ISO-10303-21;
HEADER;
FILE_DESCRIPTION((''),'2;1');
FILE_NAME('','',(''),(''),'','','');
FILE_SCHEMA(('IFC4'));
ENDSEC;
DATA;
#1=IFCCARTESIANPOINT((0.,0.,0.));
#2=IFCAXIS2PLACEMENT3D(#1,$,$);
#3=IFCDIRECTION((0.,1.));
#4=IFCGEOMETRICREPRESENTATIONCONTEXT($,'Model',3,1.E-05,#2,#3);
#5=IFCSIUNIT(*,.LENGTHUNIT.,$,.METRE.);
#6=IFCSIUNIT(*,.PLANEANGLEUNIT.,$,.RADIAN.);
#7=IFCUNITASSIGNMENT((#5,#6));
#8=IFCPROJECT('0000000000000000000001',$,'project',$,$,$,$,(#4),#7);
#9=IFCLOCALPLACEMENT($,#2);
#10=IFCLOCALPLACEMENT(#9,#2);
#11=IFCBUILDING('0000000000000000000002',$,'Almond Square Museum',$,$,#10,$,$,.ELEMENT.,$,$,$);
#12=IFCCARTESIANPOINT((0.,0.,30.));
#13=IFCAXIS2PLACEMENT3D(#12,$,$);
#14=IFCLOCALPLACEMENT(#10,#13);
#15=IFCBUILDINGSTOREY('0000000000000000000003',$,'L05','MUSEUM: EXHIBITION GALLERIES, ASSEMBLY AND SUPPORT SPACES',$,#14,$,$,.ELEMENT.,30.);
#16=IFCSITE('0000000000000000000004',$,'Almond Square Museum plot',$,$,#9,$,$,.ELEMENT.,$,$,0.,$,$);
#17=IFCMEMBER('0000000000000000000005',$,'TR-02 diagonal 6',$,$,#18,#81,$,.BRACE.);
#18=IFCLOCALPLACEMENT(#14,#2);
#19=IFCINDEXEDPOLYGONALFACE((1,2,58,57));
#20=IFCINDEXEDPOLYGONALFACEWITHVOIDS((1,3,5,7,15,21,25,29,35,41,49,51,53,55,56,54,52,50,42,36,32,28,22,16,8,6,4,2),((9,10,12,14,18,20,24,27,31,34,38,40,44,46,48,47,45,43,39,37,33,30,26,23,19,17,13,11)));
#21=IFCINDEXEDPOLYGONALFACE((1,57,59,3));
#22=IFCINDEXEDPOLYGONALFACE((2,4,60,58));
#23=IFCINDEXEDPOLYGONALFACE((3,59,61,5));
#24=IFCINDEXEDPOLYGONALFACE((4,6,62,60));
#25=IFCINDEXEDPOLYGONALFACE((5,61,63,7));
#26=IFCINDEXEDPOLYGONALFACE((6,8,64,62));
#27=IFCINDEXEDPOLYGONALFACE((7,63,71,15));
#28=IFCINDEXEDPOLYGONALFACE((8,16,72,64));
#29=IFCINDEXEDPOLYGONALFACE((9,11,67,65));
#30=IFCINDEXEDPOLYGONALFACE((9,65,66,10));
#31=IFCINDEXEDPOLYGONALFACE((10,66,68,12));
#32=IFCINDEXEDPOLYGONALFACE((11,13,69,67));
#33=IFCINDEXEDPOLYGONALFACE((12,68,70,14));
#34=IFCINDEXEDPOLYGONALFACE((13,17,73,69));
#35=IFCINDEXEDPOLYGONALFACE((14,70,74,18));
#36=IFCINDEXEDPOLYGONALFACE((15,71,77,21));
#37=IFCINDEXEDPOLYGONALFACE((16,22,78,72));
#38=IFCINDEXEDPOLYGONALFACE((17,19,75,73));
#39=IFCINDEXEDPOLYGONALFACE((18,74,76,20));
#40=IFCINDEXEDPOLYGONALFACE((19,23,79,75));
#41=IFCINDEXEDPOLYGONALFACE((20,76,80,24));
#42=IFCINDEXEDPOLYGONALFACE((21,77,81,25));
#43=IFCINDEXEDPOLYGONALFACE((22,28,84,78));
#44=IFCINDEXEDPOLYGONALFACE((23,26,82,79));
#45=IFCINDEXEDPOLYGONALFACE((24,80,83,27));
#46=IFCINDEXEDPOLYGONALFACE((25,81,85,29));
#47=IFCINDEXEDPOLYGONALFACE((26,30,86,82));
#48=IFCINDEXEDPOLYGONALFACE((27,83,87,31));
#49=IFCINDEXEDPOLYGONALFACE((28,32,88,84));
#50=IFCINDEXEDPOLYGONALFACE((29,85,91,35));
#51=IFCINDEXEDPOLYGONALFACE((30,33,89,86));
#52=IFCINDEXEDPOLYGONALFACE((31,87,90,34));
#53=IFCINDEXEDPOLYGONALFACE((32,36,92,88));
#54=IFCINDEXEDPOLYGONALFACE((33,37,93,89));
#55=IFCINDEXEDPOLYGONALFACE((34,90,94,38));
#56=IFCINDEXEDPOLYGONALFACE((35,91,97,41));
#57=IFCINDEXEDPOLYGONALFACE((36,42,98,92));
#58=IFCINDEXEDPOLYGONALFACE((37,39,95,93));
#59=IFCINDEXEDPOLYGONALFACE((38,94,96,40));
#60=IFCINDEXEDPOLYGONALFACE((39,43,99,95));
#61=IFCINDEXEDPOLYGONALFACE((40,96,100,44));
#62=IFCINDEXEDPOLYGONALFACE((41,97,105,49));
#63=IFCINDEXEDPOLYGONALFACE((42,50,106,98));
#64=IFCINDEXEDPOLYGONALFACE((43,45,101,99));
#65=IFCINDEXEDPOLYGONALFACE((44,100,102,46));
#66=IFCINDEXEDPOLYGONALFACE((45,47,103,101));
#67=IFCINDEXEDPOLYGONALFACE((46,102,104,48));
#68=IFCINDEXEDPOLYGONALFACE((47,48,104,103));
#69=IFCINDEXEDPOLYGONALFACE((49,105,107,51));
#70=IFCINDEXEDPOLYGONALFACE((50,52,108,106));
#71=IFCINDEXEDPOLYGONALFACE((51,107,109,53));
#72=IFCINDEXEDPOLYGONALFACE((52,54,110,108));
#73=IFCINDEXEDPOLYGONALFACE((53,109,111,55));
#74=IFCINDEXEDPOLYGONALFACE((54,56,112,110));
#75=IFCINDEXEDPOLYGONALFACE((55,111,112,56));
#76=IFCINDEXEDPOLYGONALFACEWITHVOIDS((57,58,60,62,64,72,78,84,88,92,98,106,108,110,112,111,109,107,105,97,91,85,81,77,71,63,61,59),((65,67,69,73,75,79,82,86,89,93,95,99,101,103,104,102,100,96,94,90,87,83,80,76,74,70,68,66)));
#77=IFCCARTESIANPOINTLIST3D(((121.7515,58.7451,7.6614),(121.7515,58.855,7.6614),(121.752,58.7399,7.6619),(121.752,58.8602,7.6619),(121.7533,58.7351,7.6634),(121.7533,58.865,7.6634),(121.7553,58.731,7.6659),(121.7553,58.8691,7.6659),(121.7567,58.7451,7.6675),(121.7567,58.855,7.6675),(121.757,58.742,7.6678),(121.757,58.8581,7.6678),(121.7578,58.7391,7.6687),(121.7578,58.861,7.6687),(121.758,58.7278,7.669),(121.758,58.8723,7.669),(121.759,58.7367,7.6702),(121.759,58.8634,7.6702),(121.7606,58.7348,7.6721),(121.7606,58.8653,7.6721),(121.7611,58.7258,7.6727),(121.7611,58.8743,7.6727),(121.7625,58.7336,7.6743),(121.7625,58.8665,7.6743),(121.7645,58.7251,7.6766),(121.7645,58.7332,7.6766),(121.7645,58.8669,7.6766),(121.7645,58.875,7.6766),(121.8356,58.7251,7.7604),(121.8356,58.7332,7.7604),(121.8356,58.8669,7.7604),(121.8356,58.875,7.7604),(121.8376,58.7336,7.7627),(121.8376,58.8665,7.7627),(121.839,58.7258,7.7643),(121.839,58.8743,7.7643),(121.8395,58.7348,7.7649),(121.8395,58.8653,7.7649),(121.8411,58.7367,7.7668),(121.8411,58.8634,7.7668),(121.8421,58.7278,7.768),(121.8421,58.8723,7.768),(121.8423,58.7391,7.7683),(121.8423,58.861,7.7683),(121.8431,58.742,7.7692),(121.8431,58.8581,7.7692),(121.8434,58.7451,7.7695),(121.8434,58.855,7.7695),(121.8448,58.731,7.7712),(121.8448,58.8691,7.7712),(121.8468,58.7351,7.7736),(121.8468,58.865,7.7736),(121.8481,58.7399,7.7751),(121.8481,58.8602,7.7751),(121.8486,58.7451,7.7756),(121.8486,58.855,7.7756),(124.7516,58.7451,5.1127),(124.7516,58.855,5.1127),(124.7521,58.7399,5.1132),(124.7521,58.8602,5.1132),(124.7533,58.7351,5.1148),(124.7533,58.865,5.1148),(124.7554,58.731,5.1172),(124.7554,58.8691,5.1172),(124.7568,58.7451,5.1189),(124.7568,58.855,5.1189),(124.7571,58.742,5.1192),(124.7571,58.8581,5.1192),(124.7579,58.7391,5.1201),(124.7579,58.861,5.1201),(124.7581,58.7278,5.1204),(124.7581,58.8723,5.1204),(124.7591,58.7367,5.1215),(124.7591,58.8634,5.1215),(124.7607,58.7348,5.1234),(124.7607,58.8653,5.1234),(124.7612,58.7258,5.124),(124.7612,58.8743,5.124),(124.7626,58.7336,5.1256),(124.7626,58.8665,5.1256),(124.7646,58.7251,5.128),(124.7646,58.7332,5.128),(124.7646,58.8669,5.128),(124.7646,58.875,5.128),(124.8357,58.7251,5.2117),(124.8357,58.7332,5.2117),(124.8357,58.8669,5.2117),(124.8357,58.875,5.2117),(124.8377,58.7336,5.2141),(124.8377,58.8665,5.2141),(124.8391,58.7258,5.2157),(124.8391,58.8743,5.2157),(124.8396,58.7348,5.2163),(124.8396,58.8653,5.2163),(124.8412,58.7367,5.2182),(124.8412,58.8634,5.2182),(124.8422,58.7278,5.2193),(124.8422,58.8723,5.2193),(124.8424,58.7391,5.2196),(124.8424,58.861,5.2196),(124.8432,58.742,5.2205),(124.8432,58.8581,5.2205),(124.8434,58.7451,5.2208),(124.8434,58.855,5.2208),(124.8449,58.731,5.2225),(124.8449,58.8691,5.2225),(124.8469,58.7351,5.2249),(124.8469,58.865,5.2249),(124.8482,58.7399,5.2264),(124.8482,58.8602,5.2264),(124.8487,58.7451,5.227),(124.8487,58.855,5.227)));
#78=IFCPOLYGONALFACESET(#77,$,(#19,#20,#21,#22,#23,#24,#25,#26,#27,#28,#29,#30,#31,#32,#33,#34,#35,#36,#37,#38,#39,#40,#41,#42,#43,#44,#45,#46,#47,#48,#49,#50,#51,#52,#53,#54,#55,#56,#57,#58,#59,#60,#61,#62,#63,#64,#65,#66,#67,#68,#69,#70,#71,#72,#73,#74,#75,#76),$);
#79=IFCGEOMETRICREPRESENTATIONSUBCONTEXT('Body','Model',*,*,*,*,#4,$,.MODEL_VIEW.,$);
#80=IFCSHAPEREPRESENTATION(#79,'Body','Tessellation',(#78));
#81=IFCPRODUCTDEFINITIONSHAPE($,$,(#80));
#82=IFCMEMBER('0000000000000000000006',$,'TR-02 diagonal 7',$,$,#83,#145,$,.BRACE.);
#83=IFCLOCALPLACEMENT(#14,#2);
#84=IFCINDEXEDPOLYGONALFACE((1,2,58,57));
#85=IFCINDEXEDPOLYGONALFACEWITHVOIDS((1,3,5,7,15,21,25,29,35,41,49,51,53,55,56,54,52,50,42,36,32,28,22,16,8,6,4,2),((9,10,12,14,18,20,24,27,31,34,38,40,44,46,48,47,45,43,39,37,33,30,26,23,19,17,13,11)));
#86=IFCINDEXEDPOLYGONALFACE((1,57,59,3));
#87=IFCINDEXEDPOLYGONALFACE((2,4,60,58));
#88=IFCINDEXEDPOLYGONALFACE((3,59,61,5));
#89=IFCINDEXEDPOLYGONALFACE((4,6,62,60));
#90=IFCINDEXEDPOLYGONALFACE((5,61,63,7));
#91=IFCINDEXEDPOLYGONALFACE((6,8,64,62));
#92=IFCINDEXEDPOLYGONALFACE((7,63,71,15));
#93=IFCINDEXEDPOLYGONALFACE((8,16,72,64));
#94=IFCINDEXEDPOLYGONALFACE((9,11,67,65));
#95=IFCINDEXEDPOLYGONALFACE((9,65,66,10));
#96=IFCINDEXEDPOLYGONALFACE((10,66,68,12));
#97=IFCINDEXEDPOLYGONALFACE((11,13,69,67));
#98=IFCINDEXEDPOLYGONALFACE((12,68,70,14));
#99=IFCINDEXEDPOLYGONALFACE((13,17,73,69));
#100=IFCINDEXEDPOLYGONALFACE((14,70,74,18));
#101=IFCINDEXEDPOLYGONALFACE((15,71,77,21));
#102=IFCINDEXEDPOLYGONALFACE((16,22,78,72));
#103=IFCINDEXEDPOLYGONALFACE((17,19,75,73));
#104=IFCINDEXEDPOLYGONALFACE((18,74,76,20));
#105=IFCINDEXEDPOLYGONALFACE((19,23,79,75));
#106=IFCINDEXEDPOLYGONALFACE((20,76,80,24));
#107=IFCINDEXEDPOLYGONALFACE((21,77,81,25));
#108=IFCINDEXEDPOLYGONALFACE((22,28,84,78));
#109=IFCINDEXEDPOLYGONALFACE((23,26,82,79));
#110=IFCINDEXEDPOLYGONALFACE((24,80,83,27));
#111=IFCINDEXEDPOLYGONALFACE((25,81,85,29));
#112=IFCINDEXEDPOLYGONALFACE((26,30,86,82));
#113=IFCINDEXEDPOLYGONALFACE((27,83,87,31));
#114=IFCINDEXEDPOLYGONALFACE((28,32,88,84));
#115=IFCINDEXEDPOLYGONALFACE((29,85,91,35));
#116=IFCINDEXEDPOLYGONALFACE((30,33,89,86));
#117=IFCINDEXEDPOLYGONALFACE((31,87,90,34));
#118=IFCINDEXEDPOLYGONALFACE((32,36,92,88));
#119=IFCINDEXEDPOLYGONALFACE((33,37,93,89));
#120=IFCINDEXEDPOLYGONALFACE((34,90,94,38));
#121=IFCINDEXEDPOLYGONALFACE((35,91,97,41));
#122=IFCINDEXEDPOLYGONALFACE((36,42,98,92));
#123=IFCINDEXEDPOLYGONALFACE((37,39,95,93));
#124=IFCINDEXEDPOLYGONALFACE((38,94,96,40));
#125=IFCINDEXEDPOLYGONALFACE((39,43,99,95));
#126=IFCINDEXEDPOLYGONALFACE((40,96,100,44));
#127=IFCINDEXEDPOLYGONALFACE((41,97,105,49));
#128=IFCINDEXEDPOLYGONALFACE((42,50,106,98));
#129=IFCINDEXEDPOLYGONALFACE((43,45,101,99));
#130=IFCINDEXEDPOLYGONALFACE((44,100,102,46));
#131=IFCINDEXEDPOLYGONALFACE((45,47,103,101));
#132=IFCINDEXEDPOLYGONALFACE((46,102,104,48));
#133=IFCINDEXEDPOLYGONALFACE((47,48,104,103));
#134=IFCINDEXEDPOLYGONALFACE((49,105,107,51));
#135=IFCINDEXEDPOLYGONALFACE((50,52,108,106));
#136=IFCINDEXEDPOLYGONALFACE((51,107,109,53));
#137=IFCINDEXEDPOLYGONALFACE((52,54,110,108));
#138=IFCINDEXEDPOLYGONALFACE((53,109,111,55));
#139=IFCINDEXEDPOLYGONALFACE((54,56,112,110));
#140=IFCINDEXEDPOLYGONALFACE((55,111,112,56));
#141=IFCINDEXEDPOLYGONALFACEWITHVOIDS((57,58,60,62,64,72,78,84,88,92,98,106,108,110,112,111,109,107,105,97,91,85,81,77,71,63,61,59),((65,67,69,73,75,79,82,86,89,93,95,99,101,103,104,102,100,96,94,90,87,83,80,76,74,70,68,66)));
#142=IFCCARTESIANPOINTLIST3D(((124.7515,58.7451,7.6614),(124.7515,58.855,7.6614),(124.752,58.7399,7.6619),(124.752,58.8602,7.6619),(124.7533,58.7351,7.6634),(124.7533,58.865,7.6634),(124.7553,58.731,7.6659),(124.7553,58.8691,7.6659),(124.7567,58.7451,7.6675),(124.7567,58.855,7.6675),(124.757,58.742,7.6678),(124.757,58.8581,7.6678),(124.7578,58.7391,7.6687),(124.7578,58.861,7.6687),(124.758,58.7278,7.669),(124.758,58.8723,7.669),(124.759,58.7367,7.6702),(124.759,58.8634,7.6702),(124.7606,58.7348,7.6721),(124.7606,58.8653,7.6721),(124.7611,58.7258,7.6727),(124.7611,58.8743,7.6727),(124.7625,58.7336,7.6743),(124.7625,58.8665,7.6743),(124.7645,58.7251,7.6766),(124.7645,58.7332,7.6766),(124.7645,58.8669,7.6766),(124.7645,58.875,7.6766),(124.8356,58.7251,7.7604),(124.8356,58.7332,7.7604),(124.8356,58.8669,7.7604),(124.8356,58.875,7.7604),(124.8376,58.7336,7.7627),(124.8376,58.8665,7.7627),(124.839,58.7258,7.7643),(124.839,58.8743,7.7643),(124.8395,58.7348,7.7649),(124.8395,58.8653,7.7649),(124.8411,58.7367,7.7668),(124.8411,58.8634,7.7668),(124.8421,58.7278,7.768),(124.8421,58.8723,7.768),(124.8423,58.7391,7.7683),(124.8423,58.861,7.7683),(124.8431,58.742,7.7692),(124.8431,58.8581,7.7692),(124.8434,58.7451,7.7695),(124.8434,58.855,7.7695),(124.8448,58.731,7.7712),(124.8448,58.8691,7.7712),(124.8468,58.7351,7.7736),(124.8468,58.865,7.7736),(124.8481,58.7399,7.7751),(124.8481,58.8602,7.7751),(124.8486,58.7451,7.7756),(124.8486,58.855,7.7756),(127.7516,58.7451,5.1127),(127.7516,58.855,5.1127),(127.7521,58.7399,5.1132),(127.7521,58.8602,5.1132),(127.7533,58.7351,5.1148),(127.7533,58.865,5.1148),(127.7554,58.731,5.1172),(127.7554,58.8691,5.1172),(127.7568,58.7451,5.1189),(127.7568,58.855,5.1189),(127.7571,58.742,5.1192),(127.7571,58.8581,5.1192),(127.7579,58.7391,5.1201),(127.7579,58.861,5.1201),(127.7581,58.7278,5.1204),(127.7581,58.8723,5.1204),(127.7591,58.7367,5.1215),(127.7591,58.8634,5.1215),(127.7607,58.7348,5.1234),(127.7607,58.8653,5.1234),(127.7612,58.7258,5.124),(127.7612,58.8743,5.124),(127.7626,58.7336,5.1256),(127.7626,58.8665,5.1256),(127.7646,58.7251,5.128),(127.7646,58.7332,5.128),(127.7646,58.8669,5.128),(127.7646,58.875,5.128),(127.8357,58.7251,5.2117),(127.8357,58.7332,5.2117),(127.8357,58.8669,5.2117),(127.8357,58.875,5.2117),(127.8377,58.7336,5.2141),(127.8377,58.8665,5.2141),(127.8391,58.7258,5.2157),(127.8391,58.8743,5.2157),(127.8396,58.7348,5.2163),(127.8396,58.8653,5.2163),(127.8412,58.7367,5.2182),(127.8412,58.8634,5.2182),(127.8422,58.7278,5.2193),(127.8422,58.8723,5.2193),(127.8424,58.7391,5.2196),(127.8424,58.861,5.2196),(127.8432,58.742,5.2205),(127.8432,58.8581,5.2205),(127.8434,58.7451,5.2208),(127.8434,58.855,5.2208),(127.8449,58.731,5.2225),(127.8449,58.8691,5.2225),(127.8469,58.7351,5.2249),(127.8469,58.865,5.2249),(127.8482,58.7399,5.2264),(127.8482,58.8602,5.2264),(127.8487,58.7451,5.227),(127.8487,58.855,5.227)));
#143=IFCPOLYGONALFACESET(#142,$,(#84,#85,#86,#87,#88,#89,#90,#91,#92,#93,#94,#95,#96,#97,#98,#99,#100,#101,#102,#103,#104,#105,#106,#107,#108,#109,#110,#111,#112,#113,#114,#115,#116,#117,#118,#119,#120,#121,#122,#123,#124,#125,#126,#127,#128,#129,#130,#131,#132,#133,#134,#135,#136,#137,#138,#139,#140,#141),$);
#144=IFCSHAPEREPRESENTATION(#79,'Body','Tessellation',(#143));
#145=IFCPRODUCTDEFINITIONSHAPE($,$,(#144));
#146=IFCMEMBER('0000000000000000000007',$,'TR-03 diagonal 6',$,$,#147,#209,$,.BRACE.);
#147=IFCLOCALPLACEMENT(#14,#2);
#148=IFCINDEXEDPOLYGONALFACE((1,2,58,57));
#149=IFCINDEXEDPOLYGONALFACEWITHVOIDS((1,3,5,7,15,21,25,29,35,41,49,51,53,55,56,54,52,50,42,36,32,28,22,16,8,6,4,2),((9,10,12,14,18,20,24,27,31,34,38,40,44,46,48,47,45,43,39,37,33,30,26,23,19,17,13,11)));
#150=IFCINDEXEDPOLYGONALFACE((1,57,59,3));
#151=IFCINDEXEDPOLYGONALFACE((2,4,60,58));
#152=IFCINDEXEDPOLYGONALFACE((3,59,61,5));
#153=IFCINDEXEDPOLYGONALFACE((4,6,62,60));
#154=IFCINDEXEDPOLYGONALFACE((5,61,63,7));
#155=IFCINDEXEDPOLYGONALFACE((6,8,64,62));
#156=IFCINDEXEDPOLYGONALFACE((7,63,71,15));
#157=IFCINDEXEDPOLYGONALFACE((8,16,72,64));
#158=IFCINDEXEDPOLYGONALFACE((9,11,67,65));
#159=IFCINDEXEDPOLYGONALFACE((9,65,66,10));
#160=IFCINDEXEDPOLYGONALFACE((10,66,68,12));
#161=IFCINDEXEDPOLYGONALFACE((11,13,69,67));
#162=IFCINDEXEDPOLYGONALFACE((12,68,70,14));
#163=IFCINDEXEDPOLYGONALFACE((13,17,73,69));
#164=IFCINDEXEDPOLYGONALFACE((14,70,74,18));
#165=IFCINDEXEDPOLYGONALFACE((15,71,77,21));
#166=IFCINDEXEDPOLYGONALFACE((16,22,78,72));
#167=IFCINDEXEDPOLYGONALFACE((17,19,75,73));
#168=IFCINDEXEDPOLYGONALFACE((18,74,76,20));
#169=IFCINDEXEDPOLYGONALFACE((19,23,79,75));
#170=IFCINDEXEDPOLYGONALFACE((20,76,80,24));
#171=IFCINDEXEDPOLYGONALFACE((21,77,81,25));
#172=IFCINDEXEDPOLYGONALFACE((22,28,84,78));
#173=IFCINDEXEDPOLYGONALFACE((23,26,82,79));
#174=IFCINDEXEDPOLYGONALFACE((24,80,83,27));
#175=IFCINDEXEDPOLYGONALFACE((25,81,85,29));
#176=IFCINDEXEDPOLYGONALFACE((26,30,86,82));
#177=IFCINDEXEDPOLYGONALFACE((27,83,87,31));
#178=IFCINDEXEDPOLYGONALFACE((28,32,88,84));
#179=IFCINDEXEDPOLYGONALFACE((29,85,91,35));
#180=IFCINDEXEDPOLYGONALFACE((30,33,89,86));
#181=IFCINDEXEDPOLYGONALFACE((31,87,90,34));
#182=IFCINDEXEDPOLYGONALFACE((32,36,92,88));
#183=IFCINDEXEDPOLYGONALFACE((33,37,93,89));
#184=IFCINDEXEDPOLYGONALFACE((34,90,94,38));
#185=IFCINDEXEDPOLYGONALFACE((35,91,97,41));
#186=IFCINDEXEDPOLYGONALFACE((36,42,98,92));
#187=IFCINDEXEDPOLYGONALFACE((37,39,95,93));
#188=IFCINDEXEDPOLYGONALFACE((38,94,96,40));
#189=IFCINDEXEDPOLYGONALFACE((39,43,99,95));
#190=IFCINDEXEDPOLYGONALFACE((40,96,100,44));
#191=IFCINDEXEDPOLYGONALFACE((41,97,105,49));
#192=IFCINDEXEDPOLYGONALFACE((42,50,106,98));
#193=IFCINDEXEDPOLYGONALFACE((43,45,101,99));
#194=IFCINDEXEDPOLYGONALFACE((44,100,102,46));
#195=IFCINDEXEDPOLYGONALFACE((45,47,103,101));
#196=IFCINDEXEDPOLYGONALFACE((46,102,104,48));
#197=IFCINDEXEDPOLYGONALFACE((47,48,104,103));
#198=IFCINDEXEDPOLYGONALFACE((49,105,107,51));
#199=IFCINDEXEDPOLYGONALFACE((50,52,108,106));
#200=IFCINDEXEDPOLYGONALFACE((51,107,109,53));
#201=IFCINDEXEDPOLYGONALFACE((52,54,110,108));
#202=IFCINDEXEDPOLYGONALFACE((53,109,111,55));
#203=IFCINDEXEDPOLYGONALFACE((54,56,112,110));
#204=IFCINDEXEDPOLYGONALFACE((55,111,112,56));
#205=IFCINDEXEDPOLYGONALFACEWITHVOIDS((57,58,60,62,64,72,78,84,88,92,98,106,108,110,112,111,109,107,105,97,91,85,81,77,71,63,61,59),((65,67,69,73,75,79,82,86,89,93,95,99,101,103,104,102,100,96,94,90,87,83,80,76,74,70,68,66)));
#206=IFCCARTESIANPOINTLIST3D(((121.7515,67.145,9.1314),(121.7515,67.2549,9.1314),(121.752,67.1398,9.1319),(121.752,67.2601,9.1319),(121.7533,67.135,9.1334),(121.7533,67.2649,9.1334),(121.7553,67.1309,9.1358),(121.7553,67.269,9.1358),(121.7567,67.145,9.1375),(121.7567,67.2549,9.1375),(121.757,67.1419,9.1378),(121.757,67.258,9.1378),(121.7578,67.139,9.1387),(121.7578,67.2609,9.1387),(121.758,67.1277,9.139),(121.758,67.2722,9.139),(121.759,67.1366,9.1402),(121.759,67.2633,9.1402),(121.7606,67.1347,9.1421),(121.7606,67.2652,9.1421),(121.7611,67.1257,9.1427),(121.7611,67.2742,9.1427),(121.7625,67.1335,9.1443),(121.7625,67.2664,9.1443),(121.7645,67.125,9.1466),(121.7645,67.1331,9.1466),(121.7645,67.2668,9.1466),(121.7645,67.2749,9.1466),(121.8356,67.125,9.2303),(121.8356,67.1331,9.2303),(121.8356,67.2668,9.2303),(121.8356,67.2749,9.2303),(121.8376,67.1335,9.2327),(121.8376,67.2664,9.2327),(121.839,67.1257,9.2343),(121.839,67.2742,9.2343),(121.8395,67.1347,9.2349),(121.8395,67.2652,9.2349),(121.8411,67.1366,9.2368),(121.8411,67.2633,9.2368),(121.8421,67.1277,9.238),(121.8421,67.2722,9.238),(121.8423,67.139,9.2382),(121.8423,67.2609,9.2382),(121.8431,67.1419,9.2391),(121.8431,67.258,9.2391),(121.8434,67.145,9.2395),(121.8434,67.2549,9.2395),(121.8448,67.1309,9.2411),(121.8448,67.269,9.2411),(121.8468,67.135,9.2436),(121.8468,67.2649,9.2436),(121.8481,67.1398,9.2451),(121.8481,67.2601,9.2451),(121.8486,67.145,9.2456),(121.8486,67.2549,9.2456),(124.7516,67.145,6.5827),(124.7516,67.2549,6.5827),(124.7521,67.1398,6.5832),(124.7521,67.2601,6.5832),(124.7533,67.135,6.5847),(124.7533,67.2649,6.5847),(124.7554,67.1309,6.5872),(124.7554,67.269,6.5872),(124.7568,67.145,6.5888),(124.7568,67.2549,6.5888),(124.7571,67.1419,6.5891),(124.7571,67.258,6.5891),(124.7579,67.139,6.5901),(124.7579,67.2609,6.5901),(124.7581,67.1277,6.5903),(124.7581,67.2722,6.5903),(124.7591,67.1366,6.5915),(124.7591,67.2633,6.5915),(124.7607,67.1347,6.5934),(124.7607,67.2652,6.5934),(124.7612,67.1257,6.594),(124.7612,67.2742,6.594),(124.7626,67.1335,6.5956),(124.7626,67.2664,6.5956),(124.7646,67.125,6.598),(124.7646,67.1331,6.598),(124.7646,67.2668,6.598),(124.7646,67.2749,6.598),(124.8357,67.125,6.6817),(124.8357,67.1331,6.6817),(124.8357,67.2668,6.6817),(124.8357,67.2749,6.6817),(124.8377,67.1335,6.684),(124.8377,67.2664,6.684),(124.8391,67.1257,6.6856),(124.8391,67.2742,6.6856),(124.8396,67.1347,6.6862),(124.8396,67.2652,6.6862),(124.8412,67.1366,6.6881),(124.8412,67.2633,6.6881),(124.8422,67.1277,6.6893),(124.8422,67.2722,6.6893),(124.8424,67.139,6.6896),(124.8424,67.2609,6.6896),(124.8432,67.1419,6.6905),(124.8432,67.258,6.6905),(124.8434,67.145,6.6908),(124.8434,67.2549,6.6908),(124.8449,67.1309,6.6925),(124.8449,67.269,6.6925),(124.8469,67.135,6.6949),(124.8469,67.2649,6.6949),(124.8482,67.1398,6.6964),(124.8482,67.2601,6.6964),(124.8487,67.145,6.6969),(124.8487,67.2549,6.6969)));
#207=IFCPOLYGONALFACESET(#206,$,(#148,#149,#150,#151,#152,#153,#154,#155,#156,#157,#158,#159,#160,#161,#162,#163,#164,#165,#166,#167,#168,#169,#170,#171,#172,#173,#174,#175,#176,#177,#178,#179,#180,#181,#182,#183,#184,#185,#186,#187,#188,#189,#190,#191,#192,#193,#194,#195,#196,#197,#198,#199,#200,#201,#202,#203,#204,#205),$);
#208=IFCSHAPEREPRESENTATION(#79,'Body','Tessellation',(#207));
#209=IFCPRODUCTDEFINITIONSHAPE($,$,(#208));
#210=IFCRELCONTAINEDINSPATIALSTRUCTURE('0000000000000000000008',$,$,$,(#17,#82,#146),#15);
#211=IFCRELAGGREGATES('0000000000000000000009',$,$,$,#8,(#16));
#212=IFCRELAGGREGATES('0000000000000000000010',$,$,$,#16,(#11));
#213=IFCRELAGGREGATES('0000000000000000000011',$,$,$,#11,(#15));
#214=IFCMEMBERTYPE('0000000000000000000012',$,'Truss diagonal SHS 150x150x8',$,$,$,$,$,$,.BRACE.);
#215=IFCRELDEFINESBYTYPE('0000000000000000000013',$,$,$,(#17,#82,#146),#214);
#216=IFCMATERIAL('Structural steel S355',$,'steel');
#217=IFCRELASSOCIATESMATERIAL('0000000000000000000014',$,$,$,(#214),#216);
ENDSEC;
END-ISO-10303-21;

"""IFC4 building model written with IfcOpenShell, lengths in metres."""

from ifc_helpers import new_model, si_unit, direction, frame, origin, origin_2d, place, context, subcontext, project, spatial, hollow_rectangle, extrude, material, material_profile, profile_set, type_object, element, save


model = new_model("IFC4")

# Units and contexts
model_context = context("Model", 3, precision=1e-05, world=origin(), true_north=direction((0.0, 1.0)))
body_context = subcontext(model_context, "Body", "Model", "MODEL_VIEW")
ifc_project = project(units=[si_unit("LENGTHUNIT", "METRE"), si_unit("PLANEANGLEUNIT", "RADIAN")], contexts=[model_context])

# Site, building, storey
site_placement = place(None, origin())
site = spatial("IfcSite", under=ifc_project, at=site_placement, Name="Almond Square Museum plot", CompositionType="ELEMENT", RefElevation=0.0)
building_placement = place(site_placement, origin())
building = spatial("IfcBuilding", under=site, at=building_placement, Name="Almond Square Museum", CompositionType="ELEMENT")
storey_placement = place(building_placement, frame((0.0, 0.0, 30.0)))
storey = spatial("IfcBuildingStorey", under=building, at=storey_placement, Name="L05", Description="MUSEUM: EXHIBITION GALLERIES, ASSEMBLY AND SUPPORT SPACES", CompositionType="ELEMENT", Elevation=30.0)

# Members
ifc_material_1 = material(Name="Structural steel S355", Category="steel")
ifc_material_profile_1 = material_profile(ifc_material_1, hollow_rectangle(XDim=0.1499, YDim=0.1499, WallThickness=0.0081, InnerFilletRadius=0.012, OuterFilletRadius=0.02, at=origin_2d()))
ifc_profile_set_1 = profile_set([ifc_material_profile_1], Name="Structural steel S355")
member_type_1 = type_object("IfcMemberType", Name="Truss diagonal SHS 150x150x8", PredefinedType="BRACE", material=ifc_profile_set_1)
for number, where, z_axis, x_axis, name in (
    (1, (121.8, 58.8, 7.7185), (0.762117, 0.0, -0.64744), (0.0, 1.0, 0.0), "TR-02 diagonal 6"),
    (2, (124.8, 58.8, 7.7185), (0.762117, 0.0, -0.64744), (0.0, 1.0, 0.0), "TR-02 diagonal 7"),
    (3, (121.8, 67.2, 9.1885), (0.762117, 0.0, -0.64744), (0.0, 1.0, 0.0), "TR-03 diagonal 6"),
):
    element("IfcMember", number, at=place(storey_placement, frame(where, z_axis=z_axis, x_axis=x_axis)), inside=storey, type_object=member_type_1, Name=name, PredefinedType="BRACE", context=body_context, shape_type="SweptSolid", body=[
        extrude(hollow_rectangle(XDim=0.1499, YDim=0.1499, WallThickness=0.0081, InnerFilletRadius=0.012, OuterFilletRadius=0.02, at=origin_2d()), origin(), (0.0, 0.0, 1.0), 3.9365),
    ])

save(model, "model.ifc")
